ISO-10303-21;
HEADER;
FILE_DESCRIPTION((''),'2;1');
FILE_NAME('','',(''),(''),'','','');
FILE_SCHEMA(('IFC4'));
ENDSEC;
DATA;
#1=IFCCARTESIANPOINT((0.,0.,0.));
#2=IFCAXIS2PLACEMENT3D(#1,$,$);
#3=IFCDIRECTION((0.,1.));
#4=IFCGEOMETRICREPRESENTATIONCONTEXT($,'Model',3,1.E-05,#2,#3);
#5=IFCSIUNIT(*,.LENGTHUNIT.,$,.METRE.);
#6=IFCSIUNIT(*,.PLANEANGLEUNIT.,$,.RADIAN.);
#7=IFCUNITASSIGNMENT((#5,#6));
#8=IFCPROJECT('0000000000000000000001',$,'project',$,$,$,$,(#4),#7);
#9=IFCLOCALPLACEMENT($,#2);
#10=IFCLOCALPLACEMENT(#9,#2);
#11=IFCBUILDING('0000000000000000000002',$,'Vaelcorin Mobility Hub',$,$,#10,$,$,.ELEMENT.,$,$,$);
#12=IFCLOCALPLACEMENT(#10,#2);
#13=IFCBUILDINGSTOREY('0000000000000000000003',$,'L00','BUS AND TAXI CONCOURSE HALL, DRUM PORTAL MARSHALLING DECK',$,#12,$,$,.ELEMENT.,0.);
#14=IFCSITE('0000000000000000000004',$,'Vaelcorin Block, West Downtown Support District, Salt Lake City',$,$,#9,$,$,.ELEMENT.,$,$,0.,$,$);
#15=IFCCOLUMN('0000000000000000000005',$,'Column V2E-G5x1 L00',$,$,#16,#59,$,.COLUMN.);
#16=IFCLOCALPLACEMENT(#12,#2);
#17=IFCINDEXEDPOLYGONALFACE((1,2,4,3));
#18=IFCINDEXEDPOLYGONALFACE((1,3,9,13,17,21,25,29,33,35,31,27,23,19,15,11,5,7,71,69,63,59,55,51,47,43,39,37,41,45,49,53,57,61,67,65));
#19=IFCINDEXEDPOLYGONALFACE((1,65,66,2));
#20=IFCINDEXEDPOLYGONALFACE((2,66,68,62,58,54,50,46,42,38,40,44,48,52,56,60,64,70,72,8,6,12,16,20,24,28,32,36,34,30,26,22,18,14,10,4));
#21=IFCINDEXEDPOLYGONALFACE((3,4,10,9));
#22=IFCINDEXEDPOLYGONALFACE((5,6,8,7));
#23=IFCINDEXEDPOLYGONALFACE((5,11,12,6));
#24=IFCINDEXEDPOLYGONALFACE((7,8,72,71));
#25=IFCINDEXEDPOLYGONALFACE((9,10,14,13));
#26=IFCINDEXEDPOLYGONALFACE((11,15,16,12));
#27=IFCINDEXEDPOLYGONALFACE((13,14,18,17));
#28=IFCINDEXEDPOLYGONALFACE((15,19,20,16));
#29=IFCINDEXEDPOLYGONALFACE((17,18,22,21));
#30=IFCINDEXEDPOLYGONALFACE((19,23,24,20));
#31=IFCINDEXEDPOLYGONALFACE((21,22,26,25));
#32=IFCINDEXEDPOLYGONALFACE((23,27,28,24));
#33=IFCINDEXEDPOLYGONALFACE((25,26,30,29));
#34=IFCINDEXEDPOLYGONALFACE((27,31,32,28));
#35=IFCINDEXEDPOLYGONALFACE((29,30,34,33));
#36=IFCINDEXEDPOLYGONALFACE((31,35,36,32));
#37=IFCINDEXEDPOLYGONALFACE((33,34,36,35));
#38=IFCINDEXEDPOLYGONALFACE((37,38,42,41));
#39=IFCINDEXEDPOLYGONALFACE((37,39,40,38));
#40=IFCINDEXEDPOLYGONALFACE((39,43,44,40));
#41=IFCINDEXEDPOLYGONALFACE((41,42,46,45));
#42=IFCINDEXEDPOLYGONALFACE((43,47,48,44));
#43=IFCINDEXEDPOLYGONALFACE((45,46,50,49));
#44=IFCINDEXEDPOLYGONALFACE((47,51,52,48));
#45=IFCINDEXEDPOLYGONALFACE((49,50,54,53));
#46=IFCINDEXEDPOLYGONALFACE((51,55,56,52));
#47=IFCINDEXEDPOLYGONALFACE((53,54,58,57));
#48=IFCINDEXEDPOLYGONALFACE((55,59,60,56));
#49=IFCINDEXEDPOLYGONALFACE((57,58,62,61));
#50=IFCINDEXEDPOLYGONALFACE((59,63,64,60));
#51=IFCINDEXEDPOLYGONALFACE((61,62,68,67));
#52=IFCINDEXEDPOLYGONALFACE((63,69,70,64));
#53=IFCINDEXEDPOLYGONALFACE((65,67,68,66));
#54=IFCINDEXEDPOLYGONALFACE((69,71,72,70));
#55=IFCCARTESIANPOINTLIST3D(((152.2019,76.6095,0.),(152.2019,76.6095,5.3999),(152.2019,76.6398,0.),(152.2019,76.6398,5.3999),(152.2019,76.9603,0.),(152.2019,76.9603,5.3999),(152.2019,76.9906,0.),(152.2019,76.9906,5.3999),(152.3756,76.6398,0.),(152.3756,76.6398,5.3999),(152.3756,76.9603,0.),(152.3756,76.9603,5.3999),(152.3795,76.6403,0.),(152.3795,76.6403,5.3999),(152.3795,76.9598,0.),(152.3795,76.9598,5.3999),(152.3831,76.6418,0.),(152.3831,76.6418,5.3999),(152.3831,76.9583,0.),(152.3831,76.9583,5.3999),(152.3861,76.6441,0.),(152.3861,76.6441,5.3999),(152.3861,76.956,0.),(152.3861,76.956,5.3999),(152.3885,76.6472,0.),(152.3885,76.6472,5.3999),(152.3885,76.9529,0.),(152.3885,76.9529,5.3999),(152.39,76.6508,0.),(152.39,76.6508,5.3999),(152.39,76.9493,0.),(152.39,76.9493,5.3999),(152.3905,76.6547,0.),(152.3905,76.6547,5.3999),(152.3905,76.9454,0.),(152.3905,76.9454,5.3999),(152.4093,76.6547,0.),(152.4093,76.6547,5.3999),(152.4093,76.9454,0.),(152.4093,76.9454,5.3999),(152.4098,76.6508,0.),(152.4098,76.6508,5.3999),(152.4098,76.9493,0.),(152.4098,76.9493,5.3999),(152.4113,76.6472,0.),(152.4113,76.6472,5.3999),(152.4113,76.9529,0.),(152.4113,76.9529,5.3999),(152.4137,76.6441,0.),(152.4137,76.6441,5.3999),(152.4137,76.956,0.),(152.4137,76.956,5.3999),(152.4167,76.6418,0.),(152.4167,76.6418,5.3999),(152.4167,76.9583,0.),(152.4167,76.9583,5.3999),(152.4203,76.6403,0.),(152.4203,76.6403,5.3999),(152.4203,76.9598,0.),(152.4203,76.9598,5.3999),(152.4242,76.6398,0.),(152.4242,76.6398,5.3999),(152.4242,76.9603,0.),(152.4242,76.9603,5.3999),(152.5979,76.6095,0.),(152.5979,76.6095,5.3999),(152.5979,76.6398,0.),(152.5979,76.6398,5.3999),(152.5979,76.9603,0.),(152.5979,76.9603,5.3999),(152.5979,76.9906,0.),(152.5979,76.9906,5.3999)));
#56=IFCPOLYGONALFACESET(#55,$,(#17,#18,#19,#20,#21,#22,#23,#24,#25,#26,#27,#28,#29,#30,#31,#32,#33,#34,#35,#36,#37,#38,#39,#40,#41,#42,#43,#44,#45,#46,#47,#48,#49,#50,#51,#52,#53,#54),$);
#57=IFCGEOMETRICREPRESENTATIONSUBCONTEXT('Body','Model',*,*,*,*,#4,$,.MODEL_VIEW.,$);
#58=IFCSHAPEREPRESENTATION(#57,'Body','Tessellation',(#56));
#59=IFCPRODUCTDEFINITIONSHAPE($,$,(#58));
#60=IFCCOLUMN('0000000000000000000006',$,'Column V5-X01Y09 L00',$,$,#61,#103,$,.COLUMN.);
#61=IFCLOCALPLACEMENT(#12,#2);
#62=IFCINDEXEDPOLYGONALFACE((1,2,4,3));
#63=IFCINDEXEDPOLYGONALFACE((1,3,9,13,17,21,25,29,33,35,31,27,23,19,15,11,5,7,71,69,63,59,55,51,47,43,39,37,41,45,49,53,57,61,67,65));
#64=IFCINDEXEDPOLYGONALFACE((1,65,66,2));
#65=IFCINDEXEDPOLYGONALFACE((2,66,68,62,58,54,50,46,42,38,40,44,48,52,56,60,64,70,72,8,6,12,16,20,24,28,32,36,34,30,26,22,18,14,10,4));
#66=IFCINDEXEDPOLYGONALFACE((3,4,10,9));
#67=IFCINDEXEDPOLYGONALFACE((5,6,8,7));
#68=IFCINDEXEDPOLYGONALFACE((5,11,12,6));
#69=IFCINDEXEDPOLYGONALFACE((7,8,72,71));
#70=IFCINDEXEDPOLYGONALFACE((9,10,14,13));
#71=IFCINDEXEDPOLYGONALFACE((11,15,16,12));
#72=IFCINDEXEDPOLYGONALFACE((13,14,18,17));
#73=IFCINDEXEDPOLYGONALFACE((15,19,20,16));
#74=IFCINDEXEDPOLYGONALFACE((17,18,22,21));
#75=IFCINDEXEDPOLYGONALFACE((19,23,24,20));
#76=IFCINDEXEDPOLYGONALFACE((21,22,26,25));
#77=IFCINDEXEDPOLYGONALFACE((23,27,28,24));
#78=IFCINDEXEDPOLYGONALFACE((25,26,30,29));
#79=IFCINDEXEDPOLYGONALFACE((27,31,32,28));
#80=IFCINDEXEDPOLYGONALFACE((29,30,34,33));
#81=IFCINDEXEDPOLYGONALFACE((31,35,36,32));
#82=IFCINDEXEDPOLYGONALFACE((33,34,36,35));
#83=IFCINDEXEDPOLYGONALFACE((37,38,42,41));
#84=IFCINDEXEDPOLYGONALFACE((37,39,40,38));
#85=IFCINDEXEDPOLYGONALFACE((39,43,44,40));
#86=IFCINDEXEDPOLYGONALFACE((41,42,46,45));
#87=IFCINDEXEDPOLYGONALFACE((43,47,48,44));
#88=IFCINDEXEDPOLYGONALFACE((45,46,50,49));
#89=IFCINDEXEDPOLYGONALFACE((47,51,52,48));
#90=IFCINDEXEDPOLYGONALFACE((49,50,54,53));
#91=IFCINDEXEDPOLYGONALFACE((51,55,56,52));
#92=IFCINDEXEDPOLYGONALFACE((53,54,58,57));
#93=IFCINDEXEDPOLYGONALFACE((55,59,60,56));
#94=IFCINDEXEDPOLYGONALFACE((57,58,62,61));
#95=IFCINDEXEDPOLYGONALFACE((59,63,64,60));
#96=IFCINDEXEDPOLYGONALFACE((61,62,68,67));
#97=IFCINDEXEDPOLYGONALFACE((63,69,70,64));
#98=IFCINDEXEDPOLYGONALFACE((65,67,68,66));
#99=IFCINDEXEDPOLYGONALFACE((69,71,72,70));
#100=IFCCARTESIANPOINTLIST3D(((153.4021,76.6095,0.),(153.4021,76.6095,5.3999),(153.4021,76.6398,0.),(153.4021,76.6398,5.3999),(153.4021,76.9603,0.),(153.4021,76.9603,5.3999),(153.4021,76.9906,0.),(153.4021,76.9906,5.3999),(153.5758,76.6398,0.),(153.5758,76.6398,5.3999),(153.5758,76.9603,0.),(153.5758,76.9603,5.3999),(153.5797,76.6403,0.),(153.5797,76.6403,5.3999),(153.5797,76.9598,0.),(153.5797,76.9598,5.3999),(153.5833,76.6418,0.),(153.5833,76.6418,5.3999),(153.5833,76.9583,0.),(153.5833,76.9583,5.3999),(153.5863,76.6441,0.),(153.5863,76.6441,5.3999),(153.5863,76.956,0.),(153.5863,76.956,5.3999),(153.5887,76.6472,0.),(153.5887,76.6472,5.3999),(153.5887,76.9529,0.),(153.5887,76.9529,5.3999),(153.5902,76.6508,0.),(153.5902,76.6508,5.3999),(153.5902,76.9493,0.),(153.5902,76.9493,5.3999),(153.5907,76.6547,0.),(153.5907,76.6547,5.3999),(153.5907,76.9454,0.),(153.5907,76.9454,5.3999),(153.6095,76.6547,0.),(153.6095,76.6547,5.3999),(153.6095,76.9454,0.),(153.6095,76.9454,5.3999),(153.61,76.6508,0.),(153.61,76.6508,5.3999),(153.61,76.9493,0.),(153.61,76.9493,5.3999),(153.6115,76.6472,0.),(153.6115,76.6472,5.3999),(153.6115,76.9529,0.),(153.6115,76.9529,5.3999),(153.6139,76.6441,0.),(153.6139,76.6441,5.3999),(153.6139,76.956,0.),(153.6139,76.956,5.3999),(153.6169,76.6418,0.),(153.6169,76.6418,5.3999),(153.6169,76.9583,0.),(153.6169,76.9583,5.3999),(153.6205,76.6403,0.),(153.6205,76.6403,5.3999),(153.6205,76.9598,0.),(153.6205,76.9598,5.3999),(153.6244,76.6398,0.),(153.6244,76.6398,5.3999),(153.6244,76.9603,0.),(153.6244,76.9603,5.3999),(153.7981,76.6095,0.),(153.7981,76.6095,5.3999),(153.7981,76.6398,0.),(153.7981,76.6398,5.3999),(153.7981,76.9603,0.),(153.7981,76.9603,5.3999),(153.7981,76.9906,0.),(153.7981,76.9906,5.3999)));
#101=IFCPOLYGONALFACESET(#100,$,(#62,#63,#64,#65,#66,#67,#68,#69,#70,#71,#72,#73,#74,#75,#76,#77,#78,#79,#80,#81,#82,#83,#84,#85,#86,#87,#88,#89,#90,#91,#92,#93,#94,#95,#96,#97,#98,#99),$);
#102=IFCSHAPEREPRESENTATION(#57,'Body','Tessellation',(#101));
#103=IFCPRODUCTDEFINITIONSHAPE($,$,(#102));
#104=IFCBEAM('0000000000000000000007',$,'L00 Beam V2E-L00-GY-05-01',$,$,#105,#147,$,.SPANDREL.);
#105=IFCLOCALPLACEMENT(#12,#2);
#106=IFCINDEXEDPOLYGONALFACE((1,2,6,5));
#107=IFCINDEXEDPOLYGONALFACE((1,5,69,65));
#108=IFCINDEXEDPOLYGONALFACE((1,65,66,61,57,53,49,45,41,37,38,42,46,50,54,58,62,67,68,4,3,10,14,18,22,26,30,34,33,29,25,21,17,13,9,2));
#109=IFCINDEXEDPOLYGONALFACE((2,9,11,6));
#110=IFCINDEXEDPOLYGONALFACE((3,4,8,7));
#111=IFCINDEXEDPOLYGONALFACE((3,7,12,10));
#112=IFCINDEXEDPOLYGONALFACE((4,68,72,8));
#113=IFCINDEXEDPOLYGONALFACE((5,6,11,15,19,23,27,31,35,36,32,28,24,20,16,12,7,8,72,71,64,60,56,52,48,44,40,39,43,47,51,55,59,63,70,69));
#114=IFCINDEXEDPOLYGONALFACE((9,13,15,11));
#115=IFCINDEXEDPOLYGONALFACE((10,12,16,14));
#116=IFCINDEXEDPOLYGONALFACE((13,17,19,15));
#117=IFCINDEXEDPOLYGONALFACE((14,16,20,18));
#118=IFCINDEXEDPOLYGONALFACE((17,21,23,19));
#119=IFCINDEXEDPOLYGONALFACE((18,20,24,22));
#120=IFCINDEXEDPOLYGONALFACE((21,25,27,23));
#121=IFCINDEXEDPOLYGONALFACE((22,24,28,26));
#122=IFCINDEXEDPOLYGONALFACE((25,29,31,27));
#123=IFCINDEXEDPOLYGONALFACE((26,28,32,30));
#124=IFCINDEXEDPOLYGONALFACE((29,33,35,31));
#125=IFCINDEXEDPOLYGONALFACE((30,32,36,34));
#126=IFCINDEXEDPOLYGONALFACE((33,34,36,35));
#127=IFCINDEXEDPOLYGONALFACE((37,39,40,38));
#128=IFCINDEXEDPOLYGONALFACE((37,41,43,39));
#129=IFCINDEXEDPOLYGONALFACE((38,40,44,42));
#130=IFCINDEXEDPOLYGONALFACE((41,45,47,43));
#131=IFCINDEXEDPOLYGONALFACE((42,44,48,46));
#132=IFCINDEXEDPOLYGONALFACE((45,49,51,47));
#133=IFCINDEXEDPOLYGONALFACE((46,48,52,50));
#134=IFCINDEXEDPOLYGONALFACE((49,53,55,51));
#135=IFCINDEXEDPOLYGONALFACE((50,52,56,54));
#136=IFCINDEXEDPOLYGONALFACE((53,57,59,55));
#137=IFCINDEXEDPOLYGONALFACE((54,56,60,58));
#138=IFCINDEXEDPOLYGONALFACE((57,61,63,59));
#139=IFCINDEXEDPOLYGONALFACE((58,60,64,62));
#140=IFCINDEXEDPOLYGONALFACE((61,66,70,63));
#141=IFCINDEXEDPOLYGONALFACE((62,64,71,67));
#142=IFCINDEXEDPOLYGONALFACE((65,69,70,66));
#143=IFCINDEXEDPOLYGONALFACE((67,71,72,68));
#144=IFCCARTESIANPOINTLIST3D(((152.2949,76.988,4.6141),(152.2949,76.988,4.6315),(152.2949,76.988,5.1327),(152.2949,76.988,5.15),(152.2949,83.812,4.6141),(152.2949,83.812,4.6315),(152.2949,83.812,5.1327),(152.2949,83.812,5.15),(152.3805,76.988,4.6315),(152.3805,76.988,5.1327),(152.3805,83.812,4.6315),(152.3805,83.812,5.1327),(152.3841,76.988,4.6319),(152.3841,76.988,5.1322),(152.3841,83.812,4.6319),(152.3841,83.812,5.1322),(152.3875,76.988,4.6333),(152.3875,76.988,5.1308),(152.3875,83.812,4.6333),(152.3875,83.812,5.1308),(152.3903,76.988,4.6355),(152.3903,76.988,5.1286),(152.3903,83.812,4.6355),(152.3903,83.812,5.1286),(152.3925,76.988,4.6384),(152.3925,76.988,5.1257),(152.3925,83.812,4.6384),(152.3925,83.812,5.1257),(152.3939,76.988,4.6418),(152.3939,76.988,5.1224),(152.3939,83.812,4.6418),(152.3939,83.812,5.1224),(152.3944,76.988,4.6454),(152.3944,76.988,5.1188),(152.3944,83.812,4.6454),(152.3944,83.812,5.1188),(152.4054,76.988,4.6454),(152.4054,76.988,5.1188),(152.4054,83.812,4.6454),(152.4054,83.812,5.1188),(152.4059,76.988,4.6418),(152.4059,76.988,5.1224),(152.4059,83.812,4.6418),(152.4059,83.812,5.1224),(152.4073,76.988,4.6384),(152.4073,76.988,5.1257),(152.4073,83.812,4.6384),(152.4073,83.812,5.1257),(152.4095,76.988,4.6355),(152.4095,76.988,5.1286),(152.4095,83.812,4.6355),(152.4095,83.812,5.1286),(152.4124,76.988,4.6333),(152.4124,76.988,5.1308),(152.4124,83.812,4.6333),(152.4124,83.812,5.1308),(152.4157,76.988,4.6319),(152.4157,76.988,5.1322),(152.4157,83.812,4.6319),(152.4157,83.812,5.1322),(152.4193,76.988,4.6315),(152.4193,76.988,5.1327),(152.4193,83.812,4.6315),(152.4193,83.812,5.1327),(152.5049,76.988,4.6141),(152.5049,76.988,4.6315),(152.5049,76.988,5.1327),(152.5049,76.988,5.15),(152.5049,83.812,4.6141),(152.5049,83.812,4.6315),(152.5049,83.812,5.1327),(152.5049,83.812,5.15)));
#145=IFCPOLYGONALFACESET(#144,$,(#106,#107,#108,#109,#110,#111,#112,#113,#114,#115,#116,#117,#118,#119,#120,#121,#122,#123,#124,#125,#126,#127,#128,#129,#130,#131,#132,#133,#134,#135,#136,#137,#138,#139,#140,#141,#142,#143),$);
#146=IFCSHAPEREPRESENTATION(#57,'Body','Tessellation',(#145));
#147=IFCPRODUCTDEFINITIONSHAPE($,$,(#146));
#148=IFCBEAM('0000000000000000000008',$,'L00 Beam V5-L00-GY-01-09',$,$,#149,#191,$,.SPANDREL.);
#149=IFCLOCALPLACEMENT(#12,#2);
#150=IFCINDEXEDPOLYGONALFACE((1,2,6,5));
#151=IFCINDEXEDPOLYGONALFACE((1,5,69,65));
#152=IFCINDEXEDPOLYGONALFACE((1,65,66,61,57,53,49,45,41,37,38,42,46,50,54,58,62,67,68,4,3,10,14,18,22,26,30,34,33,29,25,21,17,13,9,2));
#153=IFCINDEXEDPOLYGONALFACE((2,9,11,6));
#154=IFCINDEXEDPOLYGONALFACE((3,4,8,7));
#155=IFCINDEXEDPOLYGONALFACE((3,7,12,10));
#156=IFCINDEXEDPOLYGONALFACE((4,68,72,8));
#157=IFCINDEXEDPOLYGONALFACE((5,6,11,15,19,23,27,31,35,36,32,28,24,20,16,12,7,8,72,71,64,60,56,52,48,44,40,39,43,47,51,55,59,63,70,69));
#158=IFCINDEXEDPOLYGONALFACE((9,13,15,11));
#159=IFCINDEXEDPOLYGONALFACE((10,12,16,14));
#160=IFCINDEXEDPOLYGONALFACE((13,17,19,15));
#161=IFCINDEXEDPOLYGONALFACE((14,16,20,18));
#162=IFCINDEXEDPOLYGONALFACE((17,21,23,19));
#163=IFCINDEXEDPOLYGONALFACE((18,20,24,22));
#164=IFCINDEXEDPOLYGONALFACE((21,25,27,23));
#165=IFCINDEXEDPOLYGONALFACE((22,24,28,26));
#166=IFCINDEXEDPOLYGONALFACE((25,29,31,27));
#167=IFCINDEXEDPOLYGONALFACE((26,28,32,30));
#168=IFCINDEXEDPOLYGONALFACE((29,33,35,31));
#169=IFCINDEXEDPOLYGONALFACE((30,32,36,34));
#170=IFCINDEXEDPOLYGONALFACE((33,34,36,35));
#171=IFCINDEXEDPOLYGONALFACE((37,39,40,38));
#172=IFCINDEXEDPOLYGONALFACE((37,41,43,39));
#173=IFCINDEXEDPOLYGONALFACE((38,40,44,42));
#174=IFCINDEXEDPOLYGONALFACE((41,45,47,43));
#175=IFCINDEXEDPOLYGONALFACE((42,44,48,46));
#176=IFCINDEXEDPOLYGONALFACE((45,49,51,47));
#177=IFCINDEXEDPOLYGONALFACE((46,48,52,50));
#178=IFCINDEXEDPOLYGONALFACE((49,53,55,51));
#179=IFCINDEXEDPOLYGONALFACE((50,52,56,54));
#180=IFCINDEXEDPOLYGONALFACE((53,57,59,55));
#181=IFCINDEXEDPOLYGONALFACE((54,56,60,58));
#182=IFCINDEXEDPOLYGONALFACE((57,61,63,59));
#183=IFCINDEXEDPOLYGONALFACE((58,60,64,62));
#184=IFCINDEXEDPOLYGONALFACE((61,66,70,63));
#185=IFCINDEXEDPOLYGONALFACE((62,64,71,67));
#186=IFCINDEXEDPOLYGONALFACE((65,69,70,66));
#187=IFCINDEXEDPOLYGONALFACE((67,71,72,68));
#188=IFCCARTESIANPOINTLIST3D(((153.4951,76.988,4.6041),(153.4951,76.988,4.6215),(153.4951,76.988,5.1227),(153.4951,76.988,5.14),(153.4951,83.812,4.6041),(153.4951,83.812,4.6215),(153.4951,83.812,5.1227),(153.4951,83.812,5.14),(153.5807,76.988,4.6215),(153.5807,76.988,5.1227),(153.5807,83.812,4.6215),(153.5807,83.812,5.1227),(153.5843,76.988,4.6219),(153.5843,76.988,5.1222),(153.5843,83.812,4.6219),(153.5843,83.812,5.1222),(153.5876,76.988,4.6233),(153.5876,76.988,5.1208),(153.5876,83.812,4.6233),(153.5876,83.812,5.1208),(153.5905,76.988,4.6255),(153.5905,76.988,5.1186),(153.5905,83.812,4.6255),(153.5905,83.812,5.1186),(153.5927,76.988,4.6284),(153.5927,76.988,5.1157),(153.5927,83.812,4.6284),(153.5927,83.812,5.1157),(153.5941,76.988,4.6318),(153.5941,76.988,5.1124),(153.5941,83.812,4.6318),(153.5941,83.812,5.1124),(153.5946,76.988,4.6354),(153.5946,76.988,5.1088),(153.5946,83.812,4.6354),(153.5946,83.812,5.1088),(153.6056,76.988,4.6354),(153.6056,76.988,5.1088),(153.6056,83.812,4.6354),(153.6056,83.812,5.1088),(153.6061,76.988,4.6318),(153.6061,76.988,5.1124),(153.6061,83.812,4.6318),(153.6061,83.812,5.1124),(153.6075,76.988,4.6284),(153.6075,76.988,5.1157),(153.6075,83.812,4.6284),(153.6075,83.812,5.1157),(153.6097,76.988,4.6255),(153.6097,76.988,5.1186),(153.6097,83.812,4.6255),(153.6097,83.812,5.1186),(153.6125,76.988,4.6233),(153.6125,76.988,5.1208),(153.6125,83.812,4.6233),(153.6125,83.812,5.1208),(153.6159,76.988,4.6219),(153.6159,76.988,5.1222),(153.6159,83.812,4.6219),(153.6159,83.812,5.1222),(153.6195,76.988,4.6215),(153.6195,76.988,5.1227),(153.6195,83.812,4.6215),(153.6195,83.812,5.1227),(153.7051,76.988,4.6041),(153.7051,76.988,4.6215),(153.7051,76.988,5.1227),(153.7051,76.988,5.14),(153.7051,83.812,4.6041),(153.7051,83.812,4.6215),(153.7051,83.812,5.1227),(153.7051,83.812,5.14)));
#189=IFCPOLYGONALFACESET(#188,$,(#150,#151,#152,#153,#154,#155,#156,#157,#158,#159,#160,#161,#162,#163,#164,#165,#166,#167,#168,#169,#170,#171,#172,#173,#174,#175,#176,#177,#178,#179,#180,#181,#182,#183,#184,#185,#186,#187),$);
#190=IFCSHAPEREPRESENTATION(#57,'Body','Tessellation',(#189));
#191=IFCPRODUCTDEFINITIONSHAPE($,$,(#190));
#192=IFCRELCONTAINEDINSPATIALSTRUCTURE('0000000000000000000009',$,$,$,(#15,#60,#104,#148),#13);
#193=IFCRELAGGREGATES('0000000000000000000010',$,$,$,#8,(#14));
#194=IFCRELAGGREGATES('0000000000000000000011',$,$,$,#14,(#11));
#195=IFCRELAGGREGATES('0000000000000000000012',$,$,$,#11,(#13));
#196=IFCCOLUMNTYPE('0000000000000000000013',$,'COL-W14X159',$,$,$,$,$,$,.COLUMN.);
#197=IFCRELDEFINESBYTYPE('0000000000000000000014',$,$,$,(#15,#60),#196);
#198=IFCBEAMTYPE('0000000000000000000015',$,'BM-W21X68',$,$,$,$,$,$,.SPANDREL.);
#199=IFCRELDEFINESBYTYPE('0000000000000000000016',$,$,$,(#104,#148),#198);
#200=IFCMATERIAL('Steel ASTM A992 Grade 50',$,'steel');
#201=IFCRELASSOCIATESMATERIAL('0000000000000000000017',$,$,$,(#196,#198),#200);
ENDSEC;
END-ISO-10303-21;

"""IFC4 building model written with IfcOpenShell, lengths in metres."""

from ifc_helpers import new_model, si_unit, direction, frame, origin, origin_2d, place, context, subcontext, project, spatial, i_section, extrude, material, material_profile, profile_set, type_object, element, save


model = new_model("IFC4")

# Units and contexts
model_context = context("Model", 3, precision=1e-05, world=origin(), true_north=direction((0.0, 1.0)))
body_context = subcontext(model_context, "Body", "Model", "MODEL_VIEW")
ifc_project = project(units=[si_unit("LENGTHUNIT", "METRE"), si_unit("PLANEANGLEUNIT", "RADIAN")], contexts=[model_context])

# Site, building, storey
site_placement = place(None, origin())
site = spatial("IfcSite", under=ifc_project, at=site_placement, Name="Vaelcorin Block, West Downtown Support District, Salt Lake City", CompositionType="ELEMENT", RefElevation=0.0)
building_placement = place(site_placement, origin())
building = spatial("IfcBuilding", under=site, at=building_placement, Name="Vaelcorin Mobility Hub", CompositionType="ELEMENT")
storey_placement = place(building_placement, origin())
storey = spatial("IfcBuildingStorey", under=building, at=storey_placement, Name="L00", Description="BUS AND TAXI CONCOURSE HALL, DRUM PORTAL MARSHALLING DECK", CompositionType="ELEMENT", Elevation=0.0)

# Columns
ifc_material_1 = material(Name="Steel ASTM A992 Grade 50", Category="steel")
ifc_material_profile_1 = material_profile(ifc_material_1, i_section(OverallWidth=0.396, OverallDepth=0.3811, WebThickness=0.0188, FlangeThickness=0.0303, FilletRadius=0.0149, at=origin_2d()), Name="W14X159")
ifc_profile_set_1 = profile_set([ifc_material_profile_1], Name="Steel ASTM A992 Grade 50")
column_type = type_object("IfcColumnType", Name="COL-W14X159", PredefinedType="COLUMN", material=ifc_profile_set_1)
for number, where, z_axis, x_axis, name in (
    (1, (152.3999, 76.8, 0.0), (0.0, 0.0, 1.0), (1.0, 0.0, 0.0), "Column V2E-G5x1 L00"),
    (2, (153.6001, 76.8, 0.0), (0.0, 0.0, 1.0), (1.0, 0.0, 0.0), "Column V5-X01Y09 L00"),
):
    element("IfcColumn", number, at=place(storey_placement, frame(where, z_axis=z_axis, x_axis=x_axis)), inside=storey, type_object=column_type, Name=name, PredefinedType="COLUMN", context=body_context, shape_type="SweptSolid", body=[
        extrude(i_section(OverallWidth=0.396, OverallDepth=0.3811, WebThickness=0.0188, FlangeThickness=0.0303, FilletRadius=0.0149, at=origin_2d()), origin(), (0.0, 0.0, 1.0), 5.3999),
    ])

# Beams
ifc_material_profile_2 = material_profile(ifc_material_1, i_section(OverallWidth=0.21, OverallDepth=0.5359, WebThickness=0.011, FlangeThickness=0.0173, FilletRadius=0.0139, at=origin_2d()), Name="W21X68")
ifc_profile_set_2 = profile_set([ifc_material_profile_2], Name="Steel ASTM A992 Grade 50")
beam_type = type_object("IfcBeamType", Name="BM-W21X68", PredefinedType="SPANDREL", material=ifc_profile_set_2)
for number, where, z_axis, x_axis, name in (
    (3, (152.3999, 76.988, 4.8821), (0.0, 1.0, 0.0), (-1.0, 0.0, 0.0), "L00 Beam V2E-L00-GY-05-01"),
    (4, (153.6001, 76.988, 4.8721), (0.0, 1.0, 0.0), (-1.0, 0.0, 0.0), "L00 Beam V5-L00-GY-01-09"),
):
    element("IfcBeam", number, at=place(storey_placement, frame(where, z_axis=z_axis, x_axis=x_axis)), inside=storey, type_object=beam_type, Name=name, PredefinedType="SPANDREL", context=body_context, shape_type="SweptSolid", body=[
        extrude(i_section(OverallWidth=0.21, OverallDepth=0.5359, WebThickness=0.011, FlangeThickness=0.0173, FilletRadius=0.0139, at=origin_2d()), origin(), (0.0, 0.0, 1.0), 6.824),
    ])

save(model, "model.ifc")
